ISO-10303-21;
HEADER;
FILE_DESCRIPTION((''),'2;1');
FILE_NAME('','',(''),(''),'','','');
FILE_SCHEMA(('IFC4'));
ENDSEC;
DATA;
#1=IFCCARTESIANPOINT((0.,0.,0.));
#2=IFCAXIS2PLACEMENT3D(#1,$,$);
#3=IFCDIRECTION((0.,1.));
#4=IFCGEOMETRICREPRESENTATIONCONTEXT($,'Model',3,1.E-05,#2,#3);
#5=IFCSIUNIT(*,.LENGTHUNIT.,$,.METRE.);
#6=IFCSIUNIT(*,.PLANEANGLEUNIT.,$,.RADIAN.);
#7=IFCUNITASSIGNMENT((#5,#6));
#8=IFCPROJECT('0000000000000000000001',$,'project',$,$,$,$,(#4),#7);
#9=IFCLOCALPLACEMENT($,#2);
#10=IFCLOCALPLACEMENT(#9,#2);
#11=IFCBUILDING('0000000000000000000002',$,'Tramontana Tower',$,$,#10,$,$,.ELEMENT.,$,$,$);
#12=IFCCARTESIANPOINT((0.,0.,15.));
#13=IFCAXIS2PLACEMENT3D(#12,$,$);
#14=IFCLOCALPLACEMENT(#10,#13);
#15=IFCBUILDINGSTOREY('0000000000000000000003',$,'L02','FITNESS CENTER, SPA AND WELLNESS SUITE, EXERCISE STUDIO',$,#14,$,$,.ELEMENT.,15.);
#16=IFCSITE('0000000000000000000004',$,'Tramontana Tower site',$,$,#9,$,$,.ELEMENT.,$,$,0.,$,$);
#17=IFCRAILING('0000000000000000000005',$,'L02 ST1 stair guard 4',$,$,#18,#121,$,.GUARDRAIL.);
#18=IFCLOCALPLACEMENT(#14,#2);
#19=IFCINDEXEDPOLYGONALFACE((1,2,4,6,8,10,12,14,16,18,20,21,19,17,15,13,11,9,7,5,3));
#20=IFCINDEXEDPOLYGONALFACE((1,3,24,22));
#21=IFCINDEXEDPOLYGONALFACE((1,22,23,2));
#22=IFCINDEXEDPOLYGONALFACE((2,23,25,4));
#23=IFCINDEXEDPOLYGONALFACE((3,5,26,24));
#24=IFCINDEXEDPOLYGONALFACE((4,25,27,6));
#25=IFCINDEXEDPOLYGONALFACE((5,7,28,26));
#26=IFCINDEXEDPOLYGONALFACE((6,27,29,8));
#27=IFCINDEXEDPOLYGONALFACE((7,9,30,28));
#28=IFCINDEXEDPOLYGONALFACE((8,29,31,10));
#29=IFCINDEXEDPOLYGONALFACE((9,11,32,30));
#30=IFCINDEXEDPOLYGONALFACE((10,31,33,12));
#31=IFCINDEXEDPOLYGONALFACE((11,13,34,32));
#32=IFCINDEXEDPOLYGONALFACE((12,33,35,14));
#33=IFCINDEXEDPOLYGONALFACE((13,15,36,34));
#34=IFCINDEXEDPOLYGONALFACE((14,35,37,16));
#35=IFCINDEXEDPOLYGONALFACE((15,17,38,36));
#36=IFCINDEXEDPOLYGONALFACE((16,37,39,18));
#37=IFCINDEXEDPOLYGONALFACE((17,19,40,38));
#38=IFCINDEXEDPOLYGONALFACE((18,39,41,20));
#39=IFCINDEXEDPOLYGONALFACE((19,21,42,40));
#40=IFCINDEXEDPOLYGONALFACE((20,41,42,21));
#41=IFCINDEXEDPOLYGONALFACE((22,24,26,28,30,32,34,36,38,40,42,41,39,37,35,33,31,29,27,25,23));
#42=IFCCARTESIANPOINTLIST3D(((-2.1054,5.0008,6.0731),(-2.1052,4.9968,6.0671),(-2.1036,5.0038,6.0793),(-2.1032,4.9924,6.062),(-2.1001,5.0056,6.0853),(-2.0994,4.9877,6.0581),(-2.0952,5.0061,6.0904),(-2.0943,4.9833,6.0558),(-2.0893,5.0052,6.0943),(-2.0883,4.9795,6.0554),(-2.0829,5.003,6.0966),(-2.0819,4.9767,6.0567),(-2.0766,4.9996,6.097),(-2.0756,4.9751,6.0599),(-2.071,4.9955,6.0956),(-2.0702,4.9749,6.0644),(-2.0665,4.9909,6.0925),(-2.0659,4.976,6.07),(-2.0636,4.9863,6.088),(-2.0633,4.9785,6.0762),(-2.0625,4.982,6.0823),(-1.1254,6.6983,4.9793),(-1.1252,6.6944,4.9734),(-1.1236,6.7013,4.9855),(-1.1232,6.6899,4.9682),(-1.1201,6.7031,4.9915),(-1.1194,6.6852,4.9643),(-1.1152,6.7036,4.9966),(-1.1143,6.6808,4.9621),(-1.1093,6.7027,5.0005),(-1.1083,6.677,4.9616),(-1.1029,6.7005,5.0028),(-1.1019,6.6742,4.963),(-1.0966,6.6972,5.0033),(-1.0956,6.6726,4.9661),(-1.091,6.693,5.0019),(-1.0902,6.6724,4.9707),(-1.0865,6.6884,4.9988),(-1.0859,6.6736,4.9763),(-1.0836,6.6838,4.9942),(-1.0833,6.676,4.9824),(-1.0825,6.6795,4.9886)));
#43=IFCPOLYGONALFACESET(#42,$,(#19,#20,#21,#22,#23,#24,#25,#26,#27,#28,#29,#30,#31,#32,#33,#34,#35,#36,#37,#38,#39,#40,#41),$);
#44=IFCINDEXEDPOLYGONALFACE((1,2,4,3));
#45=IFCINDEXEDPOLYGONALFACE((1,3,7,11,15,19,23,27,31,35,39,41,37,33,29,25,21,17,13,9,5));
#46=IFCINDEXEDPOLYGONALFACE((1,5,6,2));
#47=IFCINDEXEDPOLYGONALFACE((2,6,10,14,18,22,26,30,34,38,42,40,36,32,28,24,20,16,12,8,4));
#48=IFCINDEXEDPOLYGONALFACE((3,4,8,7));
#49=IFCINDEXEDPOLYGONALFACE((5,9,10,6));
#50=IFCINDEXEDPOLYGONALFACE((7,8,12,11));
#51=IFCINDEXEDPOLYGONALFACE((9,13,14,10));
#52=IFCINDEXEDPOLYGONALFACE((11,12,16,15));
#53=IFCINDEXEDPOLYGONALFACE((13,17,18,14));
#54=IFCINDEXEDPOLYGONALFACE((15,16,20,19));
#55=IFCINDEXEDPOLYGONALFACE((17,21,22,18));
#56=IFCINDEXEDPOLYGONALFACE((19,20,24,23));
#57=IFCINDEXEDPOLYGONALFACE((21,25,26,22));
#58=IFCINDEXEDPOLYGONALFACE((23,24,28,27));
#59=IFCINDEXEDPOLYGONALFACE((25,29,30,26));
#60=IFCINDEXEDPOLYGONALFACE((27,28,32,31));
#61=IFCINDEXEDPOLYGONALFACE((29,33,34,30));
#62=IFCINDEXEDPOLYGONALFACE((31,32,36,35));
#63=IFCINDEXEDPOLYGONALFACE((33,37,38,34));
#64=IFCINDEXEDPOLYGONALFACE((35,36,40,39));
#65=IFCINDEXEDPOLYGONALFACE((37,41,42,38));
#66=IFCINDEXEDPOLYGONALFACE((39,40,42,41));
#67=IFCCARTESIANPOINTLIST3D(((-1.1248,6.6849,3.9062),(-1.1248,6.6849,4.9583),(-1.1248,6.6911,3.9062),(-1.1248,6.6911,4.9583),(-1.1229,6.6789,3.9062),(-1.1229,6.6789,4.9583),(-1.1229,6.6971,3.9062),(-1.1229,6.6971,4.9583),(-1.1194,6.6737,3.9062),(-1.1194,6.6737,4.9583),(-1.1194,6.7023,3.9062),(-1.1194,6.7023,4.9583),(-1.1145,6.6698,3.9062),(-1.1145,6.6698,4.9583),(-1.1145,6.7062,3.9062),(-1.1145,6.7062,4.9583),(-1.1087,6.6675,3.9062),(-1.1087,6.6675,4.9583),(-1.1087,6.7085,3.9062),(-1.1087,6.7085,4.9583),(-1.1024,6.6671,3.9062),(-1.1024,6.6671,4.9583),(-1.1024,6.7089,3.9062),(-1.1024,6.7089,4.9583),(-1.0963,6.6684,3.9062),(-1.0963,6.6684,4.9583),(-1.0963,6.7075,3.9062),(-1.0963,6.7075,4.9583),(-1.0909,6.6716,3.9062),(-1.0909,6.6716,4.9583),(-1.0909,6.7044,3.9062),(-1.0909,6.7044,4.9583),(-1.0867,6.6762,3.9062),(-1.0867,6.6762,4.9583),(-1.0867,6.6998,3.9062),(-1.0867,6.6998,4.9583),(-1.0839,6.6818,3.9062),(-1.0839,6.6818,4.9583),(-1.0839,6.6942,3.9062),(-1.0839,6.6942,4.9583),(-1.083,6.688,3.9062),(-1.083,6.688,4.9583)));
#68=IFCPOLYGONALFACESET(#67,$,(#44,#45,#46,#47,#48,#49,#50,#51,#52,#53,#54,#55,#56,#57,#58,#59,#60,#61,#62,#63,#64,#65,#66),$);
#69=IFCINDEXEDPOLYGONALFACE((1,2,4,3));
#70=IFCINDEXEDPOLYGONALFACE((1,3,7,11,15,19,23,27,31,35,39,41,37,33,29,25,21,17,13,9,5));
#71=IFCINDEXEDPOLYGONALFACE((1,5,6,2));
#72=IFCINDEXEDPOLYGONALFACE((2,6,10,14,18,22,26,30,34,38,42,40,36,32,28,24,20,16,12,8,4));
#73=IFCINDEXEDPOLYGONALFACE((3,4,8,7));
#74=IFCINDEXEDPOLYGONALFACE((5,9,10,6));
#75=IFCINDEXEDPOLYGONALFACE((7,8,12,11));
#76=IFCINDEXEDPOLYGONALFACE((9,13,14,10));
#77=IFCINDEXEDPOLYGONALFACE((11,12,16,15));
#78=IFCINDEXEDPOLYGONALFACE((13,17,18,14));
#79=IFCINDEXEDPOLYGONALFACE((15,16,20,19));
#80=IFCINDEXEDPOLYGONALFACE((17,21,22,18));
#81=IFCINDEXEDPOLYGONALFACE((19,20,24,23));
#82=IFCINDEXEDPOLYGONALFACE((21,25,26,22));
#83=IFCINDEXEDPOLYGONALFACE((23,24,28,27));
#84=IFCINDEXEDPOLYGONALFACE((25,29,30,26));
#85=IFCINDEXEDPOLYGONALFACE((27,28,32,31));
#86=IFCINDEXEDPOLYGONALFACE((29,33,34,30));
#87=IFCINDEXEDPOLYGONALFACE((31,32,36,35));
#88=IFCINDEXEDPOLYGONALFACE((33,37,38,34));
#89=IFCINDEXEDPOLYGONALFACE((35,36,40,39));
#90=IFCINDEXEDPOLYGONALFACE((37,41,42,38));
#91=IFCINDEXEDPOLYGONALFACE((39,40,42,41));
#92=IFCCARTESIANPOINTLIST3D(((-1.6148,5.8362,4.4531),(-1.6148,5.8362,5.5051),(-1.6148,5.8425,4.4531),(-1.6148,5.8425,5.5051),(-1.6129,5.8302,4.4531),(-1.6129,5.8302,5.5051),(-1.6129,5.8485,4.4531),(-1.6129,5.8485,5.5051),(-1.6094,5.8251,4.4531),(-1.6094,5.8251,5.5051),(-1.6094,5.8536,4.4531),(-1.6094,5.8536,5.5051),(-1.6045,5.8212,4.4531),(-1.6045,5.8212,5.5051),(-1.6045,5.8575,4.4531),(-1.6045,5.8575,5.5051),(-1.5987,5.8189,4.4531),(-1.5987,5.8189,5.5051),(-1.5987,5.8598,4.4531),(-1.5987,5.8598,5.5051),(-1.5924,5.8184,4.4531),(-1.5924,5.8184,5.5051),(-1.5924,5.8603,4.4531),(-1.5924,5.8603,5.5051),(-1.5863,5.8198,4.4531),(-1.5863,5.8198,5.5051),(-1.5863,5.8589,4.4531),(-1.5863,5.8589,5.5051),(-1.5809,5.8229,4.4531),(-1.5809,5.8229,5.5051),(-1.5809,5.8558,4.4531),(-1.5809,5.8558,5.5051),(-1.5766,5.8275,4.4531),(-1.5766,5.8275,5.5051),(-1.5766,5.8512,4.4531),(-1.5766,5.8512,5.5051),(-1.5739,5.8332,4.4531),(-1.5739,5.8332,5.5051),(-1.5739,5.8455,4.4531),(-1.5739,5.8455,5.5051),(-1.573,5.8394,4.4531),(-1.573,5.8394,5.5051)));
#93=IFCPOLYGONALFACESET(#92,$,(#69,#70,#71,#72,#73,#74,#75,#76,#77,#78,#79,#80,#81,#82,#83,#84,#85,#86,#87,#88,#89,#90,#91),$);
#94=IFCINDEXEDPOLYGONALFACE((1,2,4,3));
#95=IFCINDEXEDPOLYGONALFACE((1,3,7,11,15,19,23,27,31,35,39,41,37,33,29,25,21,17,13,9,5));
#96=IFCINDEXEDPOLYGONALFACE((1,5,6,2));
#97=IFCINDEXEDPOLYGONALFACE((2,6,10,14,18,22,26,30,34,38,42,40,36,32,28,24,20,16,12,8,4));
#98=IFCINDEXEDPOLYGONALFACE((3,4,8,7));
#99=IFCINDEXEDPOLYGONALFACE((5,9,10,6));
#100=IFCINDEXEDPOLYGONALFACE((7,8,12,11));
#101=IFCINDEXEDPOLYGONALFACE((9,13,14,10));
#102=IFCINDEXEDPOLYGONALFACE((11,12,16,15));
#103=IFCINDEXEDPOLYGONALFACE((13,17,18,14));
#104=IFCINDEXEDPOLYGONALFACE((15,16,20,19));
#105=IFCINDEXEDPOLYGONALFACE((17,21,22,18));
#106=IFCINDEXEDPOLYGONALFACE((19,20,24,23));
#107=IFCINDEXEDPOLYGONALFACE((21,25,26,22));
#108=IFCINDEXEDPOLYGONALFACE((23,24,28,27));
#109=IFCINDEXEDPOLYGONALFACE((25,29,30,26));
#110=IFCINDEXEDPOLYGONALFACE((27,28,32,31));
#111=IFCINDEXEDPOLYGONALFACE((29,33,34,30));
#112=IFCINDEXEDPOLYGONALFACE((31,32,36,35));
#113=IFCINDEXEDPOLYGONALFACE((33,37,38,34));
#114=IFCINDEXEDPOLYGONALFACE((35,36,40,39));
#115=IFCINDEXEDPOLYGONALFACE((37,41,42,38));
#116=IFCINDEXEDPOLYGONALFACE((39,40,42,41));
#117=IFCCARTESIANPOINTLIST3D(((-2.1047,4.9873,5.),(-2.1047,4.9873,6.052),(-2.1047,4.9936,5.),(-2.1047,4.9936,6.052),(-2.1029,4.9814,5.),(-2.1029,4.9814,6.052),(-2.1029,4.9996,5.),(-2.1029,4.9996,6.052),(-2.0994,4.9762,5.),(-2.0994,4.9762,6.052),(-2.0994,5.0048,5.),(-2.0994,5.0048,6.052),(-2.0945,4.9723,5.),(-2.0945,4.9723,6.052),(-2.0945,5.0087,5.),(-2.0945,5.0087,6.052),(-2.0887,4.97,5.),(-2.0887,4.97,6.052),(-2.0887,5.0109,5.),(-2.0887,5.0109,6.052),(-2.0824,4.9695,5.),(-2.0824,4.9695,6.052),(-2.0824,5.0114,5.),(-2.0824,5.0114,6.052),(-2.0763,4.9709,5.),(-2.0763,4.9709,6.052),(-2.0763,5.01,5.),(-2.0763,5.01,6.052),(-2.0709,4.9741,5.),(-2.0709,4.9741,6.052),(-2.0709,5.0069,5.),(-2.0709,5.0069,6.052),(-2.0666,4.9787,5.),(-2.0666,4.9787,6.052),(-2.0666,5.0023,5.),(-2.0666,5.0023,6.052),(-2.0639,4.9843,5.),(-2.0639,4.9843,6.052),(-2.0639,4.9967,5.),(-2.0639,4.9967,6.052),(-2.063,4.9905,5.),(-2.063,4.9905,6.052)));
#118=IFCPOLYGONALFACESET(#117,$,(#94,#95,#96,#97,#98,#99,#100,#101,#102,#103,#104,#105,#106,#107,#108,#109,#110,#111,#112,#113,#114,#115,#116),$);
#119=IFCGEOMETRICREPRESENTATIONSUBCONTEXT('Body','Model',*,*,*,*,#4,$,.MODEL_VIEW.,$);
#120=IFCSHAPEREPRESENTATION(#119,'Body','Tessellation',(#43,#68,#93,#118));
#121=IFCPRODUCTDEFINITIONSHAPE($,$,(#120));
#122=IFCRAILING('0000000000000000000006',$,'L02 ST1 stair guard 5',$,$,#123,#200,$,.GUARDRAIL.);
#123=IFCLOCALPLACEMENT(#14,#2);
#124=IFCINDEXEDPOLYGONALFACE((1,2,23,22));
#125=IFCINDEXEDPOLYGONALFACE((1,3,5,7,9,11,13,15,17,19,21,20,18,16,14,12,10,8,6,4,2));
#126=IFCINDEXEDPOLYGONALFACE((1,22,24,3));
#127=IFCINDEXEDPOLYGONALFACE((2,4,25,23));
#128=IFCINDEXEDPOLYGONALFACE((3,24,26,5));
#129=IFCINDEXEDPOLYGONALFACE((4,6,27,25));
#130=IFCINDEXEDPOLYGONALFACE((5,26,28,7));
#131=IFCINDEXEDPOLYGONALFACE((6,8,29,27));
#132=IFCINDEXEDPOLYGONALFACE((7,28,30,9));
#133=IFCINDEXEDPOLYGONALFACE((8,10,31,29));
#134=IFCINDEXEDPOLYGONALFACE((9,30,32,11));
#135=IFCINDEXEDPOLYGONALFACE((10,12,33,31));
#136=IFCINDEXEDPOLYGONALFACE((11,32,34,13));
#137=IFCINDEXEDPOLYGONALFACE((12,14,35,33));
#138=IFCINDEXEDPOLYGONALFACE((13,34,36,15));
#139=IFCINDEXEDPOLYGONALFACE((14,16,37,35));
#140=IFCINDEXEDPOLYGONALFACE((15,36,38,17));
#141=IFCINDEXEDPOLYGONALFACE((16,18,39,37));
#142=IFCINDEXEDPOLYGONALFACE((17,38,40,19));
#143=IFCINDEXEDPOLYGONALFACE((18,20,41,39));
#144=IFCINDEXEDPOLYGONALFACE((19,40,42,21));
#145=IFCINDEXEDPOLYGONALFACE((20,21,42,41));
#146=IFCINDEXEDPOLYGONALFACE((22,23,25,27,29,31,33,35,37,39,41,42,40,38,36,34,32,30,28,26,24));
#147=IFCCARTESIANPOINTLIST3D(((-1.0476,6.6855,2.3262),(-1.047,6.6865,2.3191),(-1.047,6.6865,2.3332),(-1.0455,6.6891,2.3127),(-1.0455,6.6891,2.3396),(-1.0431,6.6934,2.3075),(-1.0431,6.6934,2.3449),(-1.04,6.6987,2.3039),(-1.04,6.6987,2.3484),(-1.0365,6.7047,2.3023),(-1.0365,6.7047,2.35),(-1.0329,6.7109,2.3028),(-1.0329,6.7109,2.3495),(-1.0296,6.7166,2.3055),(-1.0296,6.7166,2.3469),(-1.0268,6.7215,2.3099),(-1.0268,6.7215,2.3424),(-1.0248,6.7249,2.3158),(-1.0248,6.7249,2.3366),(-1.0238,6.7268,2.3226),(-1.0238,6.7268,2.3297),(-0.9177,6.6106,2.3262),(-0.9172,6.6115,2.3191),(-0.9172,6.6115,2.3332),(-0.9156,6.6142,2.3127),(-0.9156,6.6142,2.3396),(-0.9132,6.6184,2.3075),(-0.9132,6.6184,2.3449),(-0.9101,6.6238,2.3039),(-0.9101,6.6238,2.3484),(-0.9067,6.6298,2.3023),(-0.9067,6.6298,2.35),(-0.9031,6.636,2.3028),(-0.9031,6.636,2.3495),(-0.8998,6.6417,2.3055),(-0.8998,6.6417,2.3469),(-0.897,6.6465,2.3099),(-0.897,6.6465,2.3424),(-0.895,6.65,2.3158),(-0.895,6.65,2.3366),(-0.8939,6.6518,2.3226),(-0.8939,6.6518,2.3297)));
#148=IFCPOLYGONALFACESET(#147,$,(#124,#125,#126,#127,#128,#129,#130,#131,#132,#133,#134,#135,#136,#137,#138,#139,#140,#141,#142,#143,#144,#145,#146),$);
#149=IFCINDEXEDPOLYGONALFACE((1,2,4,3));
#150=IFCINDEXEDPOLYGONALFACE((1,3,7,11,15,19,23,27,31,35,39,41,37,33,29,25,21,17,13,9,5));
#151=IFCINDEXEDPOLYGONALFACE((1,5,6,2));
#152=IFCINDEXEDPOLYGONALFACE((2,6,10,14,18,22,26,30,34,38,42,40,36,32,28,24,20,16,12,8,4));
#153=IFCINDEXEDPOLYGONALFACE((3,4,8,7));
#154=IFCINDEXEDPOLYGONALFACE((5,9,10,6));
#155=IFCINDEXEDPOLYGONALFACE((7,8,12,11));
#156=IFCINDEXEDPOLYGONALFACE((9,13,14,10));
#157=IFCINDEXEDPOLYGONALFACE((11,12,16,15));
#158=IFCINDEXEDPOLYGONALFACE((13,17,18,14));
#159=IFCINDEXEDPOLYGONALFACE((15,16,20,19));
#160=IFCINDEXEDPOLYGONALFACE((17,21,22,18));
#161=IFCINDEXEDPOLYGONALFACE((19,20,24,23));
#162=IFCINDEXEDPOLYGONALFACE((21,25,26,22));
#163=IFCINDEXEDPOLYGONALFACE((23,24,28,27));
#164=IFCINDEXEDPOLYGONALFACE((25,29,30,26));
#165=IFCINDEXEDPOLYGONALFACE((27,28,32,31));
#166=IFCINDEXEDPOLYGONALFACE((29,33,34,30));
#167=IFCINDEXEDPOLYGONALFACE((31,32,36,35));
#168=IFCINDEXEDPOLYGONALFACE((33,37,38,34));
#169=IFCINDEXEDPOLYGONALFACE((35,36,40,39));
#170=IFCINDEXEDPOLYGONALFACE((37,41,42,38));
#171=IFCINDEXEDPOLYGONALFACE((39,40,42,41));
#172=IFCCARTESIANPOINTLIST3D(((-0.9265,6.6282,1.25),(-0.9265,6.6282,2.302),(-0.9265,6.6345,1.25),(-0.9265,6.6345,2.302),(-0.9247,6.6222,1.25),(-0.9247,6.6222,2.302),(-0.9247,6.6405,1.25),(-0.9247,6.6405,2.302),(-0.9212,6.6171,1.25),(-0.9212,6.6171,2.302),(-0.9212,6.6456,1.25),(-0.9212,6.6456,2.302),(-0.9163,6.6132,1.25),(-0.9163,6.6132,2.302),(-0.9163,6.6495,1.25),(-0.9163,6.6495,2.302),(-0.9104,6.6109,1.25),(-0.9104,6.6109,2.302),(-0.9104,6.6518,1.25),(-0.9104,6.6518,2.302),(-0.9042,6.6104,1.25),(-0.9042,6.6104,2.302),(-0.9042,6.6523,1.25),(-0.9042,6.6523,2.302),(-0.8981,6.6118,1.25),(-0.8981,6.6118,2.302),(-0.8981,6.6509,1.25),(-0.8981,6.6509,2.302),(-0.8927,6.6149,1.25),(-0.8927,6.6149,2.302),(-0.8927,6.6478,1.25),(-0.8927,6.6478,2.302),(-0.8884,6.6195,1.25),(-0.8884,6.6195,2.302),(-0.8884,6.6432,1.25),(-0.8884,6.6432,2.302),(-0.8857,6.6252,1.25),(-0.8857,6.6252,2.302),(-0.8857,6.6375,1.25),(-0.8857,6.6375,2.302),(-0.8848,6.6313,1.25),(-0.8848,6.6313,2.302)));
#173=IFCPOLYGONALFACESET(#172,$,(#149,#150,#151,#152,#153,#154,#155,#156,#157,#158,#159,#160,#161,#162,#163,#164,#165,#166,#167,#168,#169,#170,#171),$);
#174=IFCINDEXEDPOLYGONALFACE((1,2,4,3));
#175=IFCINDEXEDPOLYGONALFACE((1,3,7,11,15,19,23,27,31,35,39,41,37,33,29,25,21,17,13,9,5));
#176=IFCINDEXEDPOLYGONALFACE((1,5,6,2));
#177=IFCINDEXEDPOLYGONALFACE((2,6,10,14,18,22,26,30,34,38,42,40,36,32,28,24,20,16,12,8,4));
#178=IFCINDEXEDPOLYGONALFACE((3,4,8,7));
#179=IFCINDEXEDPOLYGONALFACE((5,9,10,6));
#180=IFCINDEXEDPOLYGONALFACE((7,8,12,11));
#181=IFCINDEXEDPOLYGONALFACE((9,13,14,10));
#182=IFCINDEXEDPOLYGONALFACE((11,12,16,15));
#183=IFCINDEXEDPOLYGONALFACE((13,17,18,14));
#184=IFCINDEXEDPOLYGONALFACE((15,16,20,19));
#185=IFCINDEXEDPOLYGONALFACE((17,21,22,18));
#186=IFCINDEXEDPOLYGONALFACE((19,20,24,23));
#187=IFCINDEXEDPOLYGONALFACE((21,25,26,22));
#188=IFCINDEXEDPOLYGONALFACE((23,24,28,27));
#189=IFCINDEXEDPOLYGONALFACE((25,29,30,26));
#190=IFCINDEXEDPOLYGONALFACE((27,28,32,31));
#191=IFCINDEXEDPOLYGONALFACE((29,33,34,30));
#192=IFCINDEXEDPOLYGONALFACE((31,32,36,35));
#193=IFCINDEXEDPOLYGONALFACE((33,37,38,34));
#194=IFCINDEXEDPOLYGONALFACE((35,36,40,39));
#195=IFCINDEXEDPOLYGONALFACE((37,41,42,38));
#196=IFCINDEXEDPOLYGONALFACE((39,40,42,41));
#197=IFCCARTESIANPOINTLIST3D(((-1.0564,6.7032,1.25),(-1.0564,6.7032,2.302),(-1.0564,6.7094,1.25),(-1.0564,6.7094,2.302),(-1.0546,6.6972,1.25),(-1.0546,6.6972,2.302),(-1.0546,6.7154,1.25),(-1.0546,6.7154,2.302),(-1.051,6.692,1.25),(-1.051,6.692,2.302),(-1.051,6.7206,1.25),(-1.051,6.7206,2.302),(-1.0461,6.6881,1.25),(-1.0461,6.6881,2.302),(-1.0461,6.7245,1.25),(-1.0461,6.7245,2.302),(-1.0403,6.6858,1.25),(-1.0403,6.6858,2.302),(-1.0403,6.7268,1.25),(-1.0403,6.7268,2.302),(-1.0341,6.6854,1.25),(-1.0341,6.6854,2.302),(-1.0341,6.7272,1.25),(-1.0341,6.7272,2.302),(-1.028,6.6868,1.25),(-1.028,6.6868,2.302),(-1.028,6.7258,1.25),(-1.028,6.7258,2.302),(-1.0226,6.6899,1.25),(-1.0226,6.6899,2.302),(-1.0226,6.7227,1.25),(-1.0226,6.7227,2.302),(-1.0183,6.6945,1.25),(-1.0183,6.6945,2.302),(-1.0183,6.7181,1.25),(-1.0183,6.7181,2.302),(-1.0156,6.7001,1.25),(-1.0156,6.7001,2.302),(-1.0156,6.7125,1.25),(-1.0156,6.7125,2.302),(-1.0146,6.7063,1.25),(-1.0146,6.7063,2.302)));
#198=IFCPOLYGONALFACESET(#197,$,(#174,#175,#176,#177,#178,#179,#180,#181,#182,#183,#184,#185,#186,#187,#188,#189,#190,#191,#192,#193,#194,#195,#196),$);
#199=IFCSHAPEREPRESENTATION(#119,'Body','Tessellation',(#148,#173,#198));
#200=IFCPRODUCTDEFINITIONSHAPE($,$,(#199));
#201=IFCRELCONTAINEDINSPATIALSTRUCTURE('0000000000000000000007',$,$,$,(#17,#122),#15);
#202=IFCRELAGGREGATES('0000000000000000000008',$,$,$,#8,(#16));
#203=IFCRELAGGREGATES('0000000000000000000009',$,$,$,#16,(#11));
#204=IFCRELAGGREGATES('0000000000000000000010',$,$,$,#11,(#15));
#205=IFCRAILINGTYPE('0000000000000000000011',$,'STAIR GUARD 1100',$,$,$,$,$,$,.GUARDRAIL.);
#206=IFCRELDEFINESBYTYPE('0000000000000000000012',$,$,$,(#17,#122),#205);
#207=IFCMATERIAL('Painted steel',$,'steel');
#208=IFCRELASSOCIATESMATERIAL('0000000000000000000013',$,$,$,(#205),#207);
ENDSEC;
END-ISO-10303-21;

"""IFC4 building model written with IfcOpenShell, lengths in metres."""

from ifc_helpers import new_model, si_unit, direction, frame, origin, origin_2d, place, context, subcontext, project, spatial, circle, extrude, material, type_object, element, save


model = new_model("IFC4")

# Units and contexts
model_context = context("Model", 3, precision=1e-05, world=origin(), true_north=direction((0.0, 1.0)))
body_context = subcontext(model_context, "Body", "Model", "MODEL_VIEW")
ifc_project = project(units=[si_unit("LENGTHUNIT", "METRE"), si_unit("PLANEANGLEUNIT", "RADIAN")], contexts=[model_context])

# Site, building, storey
site_placement = place(None, origin())
site = spatial("IfcSite", under=ifc_project, at=site_placement, Name="Tramontana Tower site", CompositionType="ELEMENT", RefElevation=0.0)
building_placement = place(site_placement, origin())
building = spatial("IfcBuilding", under=site, at=building_placement, Name="Tramontana Tower", CompositionType="ELEMENT")
storey_placement = place(building_placement, frame((0.0, 0.0, 15.0)))
storey = spatial("IfcBuildingStorey", under=building, at=storey_placement, Name="L02", Description="FITNESS CENTER, SPA AND WELLNESS SUITE, EXERCISE STUDIO", CompositionType="ELEMENT", Elevation=15.0)

# Railings
ifc_material_1 = material(Name="Painted steel", Category="steel")
railing_type_1 = type_object("IfcRailingType", Name="STAIR GUARD 1100", PredefinedType="GUARDRAIL", material=ifc_material_1)
railing_1_placement = place(storey_placement, frame((-1.104, 6.688, 3.9062)))
element("IfcRailing", 1, at=railing_1_placement, inside=storey, type_object=railing_type_1, Name="L02 ST1 stair guard 4", PredefinedType="GUARDRAIL", context=body_context, shape_type="SweptSolid", body=[
    extrude(circle(Radius=0.0239, at=origin_2d()), frame((0.0, 0.0, 1.0762), z_axis=(-0.436596, -0.756267, 0.487282), x_axis=(0.866042, -0.49997, 0.0)), (0.0, 0.0, 1.0), 2.2446),
    extrude(circle(Radius=0.021, at=origin_2d()), origin(), (0.0, 0.0, 1.0), 1.052),
    extrude(circle(Radius=0.021, at=origin_2d()), frame((-0.49, -0.8486, 0.5469)), (0.0, 0.0, 1.0), 1.052),
    extrude(circle(Radius=0.021, at=origin_2d()), frame((-0.98, -1.6975, 1.0938)), (0.0, 0.0, 1.0), 1.052),
])
railing_2_placement = place(storey_placement, frame((-0.9058, 6.6313, 1.25)))
element("IfcRailing", 2, at=railing_2_placement, inside=storey, type_object=railing_type_1, Name="L02 ST1 stair guard 5", PredefinedType="GUARDRAIL", context=body_context, shape_type="SweptSolid", body=[
    extrude(circle(Radius=0.0239, at=origin_2d()), frame((0.0, 0.0, 1.0762), z_axis=(-0.866131, 0.499816, 0.0), x_axis=(-0.499816, -0.866131, 0.0)), (0.0, 0.0, 1.0), 0.1499),
    extrude(circle(Radius=0.021, at=origin_2d()), origin(), (0.0, 0.0, 1.0), 1.052),
    extrude(circle(Radius=0.021, at=origin_2d()), frame((-0.1299, 0.075, 0.0)), (0.0, 0.0, 1.0), 1.052),
])

save(model, "model.ifc")
